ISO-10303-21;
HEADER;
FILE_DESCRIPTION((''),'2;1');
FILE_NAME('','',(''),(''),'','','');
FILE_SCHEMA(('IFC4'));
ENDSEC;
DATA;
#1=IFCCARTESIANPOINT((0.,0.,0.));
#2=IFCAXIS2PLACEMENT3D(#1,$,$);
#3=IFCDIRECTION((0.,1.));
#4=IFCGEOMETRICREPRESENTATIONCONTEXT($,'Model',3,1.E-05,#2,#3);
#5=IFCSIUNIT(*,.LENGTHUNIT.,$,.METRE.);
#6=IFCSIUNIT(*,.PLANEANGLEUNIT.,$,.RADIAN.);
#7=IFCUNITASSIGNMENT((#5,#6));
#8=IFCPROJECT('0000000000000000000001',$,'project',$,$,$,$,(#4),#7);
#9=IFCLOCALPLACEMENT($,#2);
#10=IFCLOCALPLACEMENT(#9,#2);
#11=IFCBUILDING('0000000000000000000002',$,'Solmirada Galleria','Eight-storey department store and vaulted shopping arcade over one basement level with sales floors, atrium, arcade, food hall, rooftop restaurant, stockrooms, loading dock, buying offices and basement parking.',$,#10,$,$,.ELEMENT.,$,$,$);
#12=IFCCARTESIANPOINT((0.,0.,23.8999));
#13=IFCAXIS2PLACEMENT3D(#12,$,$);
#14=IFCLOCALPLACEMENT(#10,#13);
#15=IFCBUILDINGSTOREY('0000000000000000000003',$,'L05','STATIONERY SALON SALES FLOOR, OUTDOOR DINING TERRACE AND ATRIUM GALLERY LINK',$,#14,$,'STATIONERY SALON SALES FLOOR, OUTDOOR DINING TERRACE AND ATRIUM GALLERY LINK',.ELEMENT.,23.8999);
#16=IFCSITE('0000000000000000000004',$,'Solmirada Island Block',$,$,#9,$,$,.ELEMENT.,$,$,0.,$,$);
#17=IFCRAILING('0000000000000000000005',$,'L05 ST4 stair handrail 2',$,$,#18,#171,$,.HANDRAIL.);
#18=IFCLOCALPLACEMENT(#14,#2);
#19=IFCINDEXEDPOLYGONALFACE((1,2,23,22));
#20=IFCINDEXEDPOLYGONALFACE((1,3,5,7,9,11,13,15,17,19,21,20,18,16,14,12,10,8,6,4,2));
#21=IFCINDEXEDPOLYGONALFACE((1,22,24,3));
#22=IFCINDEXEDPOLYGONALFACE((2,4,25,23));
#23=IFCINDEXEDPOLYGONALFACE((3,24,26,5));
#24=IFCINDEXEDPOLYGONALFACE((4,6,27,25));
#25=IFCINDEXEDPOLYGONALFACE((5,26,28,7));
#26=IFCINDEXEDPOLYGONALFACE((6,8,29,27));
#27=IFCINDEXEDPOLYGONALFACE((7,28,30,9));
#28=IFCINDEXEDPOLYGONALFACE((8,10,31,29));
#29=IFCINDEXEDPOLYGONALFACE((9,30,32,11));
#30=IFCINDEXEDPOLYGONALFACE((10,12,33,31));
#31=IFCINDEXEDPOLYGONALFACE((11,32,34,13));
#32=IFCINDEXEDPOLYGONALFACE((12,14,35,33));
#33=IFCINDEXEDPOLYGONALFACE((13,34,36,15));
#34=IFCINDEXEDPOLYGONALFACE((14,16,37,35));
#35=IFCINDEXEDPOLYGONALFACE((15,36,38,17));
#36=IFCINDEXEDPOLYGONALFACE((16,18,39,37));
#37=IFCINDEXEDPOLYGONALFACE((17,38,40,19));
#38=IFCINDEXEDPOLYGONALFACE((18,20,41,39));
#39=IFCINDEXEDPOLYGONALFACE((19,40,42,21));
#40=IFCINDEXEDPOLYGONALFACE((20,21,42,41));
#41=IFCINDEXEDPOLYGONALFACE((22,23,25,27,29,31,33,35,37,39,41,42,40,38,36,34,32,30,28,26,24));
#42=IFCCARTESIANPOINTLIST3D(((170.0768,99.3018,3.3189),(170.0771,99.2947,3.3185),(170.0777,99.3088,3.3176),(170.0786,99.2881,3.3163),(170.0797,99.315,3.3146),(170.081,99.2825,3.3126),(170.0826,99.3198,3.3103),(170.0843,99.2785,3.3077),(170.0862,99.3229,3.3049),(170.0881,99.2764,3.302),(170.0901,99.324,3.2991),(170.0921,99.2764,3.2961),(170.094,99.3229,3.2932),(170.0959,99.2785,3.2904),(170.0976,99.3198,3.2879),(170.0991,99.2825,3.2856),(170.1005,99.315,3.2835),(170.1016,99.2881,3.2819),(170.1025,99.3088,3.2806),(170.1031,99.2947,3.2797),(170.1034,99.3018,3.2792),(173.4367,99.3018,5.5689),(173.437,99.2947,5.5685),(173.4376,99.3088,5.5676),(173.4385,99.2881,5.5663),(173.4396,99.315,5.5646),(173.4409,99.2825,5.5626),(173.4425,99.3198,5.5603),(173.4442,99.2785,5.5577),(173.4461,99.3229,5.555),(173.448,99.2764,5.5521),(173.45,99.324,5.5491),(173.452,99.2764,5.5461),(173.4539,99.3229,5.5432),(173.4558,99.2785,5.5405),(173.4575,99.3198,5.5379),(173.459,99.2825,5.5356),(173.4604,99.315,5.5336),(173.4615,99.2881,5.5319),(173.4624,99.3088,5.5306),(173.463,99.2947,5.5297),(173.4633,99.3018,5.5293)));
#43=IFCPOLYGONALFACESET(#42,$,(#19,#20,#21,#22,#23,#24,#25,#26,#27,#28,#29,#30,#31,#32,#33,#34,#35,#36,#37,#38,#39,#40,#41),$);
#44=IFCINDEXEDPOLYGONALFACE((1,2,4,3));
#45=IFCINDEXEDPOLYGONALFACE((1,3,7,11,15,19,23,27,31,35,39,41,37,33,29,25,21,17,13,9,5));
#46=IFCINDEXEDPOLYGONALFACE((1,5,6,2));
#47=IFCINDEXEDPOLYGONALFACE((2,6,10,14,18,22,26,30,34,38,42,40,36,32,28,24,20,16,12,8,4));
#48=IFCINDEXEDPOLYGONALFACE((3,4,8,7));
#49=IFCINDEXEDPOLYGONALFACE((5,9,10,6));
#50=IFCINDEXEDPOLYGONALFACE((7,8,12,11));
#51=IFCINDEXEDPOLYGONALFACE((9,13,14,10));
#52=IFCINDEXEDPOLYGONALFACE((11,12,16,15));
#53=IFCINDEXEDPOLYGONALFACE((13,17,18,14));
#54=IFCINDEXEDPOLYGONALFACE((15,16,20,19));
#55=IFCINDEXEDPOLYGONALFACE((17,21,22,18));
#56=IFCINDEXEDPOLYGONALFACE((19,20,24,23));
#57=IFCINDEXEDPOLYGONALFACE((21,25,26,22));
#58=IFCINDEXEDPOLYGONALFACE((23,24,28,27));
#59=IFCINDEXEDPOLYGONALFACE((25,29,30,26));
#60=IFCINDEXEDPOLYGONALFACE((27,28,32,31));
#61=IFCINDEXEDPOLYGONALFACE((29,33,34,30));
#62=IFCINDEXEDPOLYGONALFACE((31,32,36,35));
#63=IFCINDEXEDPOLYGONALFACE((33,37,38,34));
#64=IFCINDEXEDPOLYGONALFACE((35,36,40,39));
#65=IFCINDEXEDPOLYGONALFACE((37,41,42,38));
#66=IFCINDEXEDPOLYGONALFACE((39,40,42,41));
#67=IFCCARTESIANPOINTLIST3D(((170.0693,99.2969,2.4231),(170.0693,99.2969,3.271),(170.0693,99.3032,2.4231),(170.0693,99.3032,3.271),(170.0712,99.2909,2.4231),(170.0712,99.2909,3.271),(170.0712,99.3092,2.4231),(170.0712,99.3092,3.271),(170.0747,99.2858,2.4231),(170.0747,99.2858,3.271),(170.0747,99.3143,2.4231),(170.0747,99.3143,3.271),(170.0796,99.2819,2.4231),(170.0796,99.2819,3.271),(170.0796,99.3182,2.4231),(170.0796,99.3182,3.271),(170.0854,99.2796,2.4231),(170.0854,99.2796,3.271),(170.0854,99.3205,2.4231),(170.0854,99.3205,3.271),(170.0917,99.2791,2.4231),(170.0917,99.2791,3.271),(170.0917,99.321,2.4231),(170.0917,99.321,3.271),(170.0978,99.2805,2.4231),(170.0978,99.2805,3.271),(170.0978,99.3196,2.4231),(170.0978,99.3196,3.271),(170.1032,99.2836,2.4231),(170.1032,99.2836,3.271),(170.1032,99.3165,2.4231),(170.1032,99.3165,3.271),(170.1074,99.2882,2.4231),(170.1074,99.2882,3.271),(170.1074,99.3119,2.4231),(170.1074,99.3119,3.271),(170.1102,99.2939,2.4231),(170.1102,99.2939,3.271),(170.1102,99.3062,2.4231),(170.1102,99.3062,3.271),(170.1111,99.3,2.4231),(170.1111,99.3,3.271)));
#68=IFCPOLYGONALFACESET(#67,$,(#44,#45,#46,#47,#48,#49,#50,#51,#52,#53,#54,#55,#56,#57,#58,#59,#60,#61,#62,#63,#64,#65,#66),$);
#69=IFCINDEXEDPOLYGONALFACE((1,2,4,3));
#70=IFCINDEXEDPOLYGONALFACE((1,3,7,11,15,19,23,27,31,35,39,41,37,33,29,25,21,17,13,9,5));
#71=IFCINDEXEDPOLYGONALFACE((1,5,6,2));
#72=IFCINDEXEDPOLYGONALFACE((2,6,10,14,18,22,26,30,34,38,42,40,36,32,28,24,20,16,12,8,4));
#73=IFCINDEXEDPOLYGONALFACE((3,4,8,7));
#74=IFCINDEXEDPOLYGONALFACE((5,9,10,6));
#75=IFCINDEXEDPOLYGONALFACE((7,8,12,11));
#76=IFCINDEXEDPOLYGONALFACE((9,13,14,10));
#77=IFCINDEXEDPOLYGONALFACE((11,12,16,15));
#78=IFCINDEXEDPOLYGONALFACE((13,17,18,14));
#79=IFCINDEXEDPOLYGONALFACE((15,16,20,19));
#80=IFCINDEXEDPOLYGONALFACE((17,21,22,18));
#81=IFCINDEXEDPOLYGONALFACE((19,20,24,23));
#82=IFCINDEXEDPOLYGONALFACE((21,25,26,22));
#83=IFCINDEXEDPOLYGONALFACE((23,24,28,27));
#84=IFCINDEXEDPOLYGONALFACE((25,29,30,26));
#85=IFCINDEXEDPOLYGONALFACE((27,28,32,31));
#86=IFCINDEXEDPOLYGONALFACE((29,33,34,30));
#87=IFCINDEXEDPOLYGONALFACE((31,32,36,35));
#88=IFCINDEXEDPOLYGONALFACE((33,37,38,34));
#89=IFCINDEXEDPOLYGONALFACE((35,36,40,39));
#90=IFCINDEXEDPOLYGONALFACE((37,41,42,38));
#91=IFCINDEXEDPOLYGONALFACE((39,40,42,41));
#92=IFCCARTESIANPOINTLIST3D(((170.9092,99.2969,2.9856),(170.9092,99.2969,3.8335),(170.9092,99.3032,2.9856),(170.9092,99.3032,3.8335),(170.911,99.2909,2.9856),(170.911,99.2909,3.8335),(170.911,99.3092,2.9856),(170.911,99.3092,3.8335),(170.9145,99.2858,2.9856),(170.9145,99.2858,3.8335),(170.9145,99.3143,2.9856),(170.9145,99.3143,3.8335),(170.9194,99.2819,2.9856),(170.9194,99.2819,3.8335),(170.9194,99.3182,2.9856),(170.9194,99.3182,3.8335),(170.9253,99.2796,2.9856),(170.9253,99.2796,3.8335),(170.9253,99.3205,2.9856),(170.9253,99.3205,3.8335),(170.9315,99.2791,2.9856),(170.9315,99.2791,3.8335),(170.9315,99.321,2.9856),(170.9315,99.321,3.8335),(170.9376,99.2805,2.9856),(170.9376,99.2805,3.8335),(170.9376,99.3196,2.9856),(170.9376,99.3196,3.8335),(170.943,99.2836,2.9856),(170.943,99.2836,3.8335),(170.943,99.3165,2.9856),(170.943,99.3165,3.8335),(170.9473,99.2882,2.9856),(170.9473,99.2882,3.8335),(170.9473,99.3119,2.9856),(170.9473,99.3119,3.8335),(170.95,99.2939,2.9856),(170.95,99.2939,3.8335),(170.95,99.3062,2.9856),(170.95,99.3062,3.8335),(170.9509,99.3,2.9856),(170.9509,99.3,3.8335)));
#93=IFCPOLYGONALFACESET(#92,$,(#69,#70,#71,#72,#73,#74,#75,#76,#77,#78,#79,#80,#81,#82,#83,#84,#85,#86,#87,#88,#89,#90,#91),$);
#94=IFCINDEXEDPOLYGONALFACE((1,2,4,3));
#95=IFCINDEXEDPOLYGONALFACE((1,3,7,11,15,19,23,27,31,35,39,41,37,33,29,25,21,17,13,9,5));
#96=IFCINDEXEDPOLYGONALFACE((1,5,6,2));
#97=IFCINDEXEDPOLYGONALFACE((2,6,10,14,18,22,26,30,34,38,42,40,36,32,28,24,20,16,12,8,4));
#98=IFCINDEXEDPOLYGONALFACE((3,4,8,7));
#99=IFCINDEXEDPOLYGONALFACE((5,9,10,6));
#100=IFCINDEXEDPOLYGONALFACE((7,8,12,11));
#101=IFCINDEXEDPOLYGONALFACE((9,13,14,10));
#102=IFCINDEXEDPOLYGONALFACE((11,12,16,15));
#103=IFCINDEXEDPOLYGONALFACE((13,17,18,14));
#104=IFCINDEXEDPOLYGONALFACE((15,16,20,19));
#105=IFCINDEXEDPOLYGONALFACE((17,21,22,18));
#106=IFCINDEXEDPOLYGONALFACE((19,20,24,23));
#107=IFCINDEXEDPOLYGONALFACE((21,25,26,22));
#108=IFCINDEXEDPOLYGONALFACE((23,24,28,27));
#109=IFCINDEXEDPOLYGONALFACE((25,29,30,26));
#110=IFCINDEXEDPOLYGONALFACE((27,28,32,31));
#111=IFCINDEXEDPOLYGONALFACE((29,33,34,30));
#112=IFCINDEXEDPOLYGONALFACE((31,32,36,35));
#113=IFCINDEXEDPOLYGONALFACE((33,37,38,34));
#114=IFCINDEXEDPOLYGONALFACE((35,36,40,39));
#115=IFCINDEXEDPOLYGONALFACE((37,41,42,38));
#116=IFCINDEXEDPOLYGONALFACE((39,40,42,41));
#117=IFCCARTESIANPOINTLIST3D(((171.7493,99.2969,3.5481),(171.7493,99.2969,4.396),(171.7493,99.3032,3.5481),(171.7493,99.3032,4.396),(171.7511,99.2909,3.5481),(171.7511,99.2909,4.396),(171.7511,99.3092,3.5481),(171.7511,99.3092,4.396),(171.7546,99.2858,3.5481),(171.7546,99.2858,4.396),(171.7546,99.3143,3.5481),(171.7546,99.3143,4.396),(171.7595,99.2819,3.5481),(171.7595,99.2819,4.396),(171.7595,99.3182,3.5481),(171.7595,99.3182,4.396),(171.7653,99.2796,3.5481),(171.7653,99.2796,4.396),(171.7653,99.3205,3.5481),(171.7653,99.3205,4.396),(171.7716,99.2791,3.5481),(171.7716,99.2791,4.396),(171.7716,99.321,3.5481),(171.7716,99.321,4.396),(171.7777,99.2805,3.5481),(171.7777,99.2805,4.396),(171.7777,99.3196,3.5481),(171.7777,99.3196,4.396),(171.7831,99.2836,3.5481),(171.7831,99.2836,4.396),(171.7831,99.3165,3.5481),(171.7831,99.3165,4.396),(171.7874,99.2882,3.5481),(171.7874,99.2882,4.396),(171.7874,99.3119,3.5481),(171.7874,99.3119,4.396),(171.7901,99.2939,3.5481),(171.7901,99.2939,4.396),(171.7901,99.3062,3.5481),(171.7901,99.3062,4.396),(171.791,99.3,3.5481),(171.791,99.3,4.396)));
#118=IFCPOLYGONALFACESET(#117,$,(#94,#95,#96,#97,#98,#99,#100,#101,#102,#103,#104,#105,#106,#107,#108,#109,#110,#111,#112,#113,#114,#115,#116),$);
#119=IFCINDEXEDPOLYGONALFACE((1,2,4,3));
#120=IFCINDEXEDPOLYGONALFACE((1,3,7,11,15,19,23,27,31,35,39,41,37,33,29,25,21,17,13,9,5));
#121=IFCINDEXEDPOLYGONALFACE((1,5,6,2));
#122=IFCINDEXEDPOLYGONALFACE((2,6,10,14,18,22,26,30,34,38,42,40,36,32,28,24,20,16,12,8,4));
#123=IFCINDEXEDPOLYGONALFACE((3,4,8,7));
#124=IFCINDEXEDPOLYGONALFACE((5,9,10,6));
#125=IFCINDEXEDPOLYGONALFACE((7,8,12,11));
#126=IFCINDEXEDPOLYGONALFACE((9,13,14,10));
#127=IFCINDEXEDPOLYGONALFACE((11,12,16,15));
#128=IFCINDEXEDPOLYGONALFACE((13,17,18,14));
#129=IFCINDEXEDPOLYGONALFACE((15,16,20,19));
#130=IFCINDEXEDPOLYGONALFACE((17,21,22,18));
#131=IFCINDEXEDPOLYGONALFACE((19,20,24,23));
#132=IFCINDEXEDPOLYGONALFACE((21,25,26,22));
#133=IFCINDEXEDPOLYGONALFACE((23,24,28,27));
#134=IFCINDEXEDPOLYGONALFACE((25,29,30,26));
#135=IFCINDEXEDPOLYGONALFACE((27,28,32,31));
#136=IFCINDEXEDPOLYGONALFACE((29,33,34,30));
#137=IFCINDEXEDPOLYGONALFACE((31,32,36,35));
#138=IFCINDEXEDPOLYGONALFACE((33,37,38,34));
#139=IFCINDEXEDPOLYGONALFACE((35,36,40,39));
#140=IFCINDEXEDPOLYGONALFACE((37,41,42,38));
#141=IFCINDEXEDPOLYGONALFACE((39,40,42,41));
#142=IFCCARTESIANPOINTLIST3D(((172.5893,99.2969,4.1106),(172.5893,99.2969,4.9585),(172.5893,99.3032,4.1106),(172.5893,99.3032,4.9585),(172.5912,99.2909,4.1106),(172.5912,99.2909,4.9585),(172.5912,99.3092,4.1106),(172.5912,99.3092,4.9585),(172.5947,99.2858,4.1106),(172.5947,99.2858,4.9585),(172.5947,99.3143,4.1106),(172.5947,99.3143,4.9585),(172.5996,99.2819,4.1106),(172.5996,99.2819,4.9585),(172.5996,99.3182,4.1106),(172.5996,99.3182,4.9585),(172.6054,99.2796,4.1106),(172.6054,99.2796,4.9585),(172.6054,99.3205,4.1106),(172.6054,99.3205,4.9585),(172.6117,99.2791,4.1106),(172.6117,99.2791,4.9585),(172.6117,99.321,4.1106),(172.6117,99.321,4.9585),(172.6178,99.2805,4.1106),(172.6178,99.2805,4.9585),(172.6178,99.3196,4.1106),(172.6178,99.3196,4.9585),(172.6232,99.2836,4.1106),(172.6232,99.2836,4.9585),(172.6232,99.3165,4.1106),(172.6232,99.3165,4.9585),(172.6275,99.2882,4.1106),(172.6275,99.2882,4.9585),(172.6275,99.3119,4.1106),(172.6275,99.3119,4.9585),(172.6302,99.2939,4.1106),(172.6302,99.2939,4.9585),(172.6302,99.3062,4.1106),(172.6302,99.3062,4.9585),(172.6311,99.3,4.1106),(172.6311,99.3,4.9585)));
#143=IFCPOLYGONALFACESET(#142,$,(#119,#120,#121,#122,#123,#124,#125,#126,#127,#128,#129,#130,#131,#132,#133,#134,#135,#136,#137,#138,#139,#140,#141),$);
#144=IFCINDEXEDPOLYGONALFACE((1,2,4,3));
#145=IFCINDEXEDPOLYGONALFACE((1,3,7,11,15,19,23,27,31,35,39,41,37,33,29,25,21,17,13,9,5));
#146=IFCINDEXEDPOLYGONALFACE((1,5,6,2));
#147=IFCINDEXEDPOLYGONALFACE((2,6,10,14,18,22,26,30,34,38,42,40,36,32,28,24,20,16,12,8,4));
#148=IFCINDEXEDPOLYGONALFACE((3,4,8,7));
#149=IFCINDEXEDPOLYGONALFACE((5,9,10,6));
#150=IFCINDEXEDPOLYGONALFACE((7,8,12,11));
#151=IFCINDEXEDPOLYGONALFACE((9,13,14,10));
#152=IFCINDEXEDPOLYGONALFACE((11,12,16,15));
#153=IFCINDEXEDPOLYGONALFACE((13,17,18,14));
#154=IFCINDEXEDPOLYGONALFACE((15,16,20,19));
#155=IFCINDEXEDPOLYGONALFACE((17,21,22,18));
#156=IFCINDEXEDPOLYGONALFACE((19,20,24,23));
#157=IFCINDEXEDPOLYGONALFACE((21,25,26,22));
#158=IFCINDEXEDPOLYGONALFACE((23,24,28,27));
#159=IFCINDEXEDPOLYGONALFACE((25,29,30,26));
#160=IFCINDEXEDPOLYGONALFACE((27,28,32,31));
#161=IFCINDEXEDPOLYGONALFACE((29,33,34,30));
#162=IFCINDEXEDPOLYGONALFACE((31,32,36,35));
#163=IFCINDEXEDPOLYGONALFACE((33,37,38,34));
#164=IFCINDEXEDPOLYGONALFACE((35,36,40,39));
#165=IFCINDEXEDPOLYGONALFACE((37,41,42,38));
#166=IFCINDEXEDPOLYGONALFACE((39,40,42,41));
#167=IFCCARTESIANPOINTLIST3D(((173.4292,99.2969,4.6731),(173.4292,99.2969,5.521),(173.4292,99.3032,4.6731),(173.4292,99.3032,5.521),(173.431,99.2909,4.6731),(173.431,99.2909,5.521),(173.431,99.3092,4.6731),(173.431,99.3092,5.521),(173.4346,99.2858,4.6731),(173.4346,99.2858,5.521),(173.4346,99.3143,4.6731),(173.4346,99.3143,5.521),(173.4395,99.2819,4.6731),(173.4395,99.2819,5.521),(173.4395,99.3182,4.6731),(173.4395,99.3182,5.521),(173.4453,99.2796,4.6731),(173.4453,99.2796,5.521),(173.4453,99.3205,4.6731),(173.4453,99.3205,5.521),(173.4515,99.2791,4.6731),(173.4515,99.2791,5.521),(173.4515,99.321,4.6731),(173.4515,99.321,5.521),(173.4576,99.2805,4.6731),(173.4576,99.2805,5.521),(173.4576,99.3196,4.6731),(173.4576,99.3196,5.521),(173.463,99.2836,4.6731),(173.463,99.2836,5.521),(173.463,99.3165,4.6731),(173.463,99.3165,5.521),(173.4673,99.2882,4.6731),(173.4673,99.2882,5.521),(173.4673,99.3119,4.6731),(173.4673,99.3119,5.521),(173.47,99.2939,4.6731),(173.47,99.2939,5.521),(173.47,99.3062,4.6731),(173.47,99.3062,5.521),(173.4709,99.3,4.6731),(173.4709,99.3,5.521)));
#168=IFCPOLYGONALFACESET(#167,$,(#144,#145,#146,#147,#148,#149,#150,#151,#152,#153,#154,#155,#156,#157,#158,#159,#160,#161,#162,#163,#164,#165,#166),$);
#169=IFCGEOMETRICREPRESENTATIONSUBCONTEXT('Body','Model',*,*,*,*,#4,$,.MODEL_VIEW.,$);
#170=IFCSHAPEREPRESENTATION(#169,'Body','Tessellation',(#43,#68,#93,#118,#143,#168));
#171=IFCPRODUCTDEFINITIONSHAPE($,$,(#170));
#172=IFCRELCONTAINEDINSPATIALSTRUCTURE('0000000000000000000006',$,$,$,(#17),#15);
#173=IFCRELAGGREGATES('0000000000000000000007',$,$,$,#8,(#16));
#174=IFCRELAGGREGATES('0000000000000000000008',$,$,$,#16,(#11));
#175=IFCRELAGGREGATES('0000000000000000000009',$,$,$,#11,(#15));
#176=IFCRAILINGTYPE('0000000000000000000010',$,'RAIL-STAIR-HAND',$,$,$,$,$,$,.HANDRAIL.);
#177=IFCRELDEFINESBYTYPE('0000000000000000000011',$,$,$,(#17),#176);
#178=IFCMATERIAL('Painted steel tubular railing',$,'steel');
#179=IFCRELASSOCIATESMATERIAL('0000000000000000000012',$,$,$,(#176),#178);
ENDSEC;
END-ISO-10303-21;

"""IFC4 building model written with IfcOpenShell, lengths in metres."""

from ifc_helpers import new_model, si_unit, direction, frame, origin, origin_2d, place, context, subcontext, project, spatial, circle, extrude, material, type_object, element, save


model = new_model("IFC4")

# Units and contexts
model_context = context("Model", 3, precision=1e-05, world=origin(), true_north=direction((0.0, 1.0)))
body_context = subcontext(model_context, "Body", "Model", "MODEL_VIEW")
ifc_project = project(units=[si_unit("LENGTHUNIT", "METRE"), si_unit("PLANEANGLEUNIT", "RADIAN")], contexts=[model_context])

# Site, building, storey
site_placement = place(None, origin())
site = spatial("IfcSite", under=ifc_project, at=site_placement, Name="Solmirada Island Block", CompositionType="ELEMENT", RefElevation=0.0)
building_placement = place(site_placement, origin())
building = spatial("IfcBuilding", under=site, at=building_placement, Name="Solmirada Galleria", Description="Eight-storey department store and vaulted shopping arcade over one basement level with sales floors, atrium, arcade, food hall, rooftop restaurant, stockrooms, loading dock, buying offices and basement parking.", CompositionType="ELEMENT")
storey_placement = place(building_placement, frame((0.0, 0.0, 23.8999)))
storey = spatial("IfcBuildingStorey", under=building, at=storey_placement, Name="L05", Description="STATIONERY SALON SALES FLOOR, OUTDOOR DINING TERRACE AND ATRIUM GALLERY LINK", LongName="STATIONERY SALON SALES FLOOR, OUTDOOR DINING TERRACE AND ATRIUM GALLERY LINK", CompositionType="ELEMENT", Elevation=23.8999)

# Railing
ifc_material_1 = material(Name="Painted steel tubular railing", Category="steel")
railing_type_1 = type_object("IfcRailingType", Name="RAIL-STAIR-HAND", PredefinedType="HANDRAIL", material=ifc_material_1)
railing_1_placement = place(storey_placement, frame((170.0901, 99.3, 2.4231)))
element("IfcRailing", 1, at=railing_1_placement, inside=storey, type_object=railing_type_1, Name="L05 ST4 stair handrail 2", PredefinedType="HANDRAIL", context=body_context, shape_type="SweptSolid", body=[
    extrude(circle(Radius=0.0239, at=origin_2d()), frame((0.0, 0.0, 0.876), z_axis=(0.830897, 0.0, 0.556427), x_axis=(0.0, 1.0, 0.0)), (0.0, 0.0, 1.0), 4.0437),
    extrude(circle(Radius=0.021, at=origin_2d()), origin(), (0.0, 0.0, 1.0), 0.8479),
    extrude(circle(Radius=0.021, at=origin_2d()), frame((0.8398, 0.0, 0.5625)), (0.0, 0.0, 1.0), 0.8479),
    extrude(circle(Radius=0.021, at=origin_2d()), frame((1.6799, 0.0, 1.125)), (0.0, 0.0, 1.0), 0.8479),
    extrude(circle(Radius=0.021, at=origin_2d()), frame((2.52, 0.0, 1.6875)), (0.0, 0.0, 1.0), 0.8479),
    extrude(circle(Radius=0.021, at=origin_2d()), frame((3.3599, 0.0, 2.25)), (0.0, 0.0, 1.0), 0.8479),
])

save(model, "model.ifc")
